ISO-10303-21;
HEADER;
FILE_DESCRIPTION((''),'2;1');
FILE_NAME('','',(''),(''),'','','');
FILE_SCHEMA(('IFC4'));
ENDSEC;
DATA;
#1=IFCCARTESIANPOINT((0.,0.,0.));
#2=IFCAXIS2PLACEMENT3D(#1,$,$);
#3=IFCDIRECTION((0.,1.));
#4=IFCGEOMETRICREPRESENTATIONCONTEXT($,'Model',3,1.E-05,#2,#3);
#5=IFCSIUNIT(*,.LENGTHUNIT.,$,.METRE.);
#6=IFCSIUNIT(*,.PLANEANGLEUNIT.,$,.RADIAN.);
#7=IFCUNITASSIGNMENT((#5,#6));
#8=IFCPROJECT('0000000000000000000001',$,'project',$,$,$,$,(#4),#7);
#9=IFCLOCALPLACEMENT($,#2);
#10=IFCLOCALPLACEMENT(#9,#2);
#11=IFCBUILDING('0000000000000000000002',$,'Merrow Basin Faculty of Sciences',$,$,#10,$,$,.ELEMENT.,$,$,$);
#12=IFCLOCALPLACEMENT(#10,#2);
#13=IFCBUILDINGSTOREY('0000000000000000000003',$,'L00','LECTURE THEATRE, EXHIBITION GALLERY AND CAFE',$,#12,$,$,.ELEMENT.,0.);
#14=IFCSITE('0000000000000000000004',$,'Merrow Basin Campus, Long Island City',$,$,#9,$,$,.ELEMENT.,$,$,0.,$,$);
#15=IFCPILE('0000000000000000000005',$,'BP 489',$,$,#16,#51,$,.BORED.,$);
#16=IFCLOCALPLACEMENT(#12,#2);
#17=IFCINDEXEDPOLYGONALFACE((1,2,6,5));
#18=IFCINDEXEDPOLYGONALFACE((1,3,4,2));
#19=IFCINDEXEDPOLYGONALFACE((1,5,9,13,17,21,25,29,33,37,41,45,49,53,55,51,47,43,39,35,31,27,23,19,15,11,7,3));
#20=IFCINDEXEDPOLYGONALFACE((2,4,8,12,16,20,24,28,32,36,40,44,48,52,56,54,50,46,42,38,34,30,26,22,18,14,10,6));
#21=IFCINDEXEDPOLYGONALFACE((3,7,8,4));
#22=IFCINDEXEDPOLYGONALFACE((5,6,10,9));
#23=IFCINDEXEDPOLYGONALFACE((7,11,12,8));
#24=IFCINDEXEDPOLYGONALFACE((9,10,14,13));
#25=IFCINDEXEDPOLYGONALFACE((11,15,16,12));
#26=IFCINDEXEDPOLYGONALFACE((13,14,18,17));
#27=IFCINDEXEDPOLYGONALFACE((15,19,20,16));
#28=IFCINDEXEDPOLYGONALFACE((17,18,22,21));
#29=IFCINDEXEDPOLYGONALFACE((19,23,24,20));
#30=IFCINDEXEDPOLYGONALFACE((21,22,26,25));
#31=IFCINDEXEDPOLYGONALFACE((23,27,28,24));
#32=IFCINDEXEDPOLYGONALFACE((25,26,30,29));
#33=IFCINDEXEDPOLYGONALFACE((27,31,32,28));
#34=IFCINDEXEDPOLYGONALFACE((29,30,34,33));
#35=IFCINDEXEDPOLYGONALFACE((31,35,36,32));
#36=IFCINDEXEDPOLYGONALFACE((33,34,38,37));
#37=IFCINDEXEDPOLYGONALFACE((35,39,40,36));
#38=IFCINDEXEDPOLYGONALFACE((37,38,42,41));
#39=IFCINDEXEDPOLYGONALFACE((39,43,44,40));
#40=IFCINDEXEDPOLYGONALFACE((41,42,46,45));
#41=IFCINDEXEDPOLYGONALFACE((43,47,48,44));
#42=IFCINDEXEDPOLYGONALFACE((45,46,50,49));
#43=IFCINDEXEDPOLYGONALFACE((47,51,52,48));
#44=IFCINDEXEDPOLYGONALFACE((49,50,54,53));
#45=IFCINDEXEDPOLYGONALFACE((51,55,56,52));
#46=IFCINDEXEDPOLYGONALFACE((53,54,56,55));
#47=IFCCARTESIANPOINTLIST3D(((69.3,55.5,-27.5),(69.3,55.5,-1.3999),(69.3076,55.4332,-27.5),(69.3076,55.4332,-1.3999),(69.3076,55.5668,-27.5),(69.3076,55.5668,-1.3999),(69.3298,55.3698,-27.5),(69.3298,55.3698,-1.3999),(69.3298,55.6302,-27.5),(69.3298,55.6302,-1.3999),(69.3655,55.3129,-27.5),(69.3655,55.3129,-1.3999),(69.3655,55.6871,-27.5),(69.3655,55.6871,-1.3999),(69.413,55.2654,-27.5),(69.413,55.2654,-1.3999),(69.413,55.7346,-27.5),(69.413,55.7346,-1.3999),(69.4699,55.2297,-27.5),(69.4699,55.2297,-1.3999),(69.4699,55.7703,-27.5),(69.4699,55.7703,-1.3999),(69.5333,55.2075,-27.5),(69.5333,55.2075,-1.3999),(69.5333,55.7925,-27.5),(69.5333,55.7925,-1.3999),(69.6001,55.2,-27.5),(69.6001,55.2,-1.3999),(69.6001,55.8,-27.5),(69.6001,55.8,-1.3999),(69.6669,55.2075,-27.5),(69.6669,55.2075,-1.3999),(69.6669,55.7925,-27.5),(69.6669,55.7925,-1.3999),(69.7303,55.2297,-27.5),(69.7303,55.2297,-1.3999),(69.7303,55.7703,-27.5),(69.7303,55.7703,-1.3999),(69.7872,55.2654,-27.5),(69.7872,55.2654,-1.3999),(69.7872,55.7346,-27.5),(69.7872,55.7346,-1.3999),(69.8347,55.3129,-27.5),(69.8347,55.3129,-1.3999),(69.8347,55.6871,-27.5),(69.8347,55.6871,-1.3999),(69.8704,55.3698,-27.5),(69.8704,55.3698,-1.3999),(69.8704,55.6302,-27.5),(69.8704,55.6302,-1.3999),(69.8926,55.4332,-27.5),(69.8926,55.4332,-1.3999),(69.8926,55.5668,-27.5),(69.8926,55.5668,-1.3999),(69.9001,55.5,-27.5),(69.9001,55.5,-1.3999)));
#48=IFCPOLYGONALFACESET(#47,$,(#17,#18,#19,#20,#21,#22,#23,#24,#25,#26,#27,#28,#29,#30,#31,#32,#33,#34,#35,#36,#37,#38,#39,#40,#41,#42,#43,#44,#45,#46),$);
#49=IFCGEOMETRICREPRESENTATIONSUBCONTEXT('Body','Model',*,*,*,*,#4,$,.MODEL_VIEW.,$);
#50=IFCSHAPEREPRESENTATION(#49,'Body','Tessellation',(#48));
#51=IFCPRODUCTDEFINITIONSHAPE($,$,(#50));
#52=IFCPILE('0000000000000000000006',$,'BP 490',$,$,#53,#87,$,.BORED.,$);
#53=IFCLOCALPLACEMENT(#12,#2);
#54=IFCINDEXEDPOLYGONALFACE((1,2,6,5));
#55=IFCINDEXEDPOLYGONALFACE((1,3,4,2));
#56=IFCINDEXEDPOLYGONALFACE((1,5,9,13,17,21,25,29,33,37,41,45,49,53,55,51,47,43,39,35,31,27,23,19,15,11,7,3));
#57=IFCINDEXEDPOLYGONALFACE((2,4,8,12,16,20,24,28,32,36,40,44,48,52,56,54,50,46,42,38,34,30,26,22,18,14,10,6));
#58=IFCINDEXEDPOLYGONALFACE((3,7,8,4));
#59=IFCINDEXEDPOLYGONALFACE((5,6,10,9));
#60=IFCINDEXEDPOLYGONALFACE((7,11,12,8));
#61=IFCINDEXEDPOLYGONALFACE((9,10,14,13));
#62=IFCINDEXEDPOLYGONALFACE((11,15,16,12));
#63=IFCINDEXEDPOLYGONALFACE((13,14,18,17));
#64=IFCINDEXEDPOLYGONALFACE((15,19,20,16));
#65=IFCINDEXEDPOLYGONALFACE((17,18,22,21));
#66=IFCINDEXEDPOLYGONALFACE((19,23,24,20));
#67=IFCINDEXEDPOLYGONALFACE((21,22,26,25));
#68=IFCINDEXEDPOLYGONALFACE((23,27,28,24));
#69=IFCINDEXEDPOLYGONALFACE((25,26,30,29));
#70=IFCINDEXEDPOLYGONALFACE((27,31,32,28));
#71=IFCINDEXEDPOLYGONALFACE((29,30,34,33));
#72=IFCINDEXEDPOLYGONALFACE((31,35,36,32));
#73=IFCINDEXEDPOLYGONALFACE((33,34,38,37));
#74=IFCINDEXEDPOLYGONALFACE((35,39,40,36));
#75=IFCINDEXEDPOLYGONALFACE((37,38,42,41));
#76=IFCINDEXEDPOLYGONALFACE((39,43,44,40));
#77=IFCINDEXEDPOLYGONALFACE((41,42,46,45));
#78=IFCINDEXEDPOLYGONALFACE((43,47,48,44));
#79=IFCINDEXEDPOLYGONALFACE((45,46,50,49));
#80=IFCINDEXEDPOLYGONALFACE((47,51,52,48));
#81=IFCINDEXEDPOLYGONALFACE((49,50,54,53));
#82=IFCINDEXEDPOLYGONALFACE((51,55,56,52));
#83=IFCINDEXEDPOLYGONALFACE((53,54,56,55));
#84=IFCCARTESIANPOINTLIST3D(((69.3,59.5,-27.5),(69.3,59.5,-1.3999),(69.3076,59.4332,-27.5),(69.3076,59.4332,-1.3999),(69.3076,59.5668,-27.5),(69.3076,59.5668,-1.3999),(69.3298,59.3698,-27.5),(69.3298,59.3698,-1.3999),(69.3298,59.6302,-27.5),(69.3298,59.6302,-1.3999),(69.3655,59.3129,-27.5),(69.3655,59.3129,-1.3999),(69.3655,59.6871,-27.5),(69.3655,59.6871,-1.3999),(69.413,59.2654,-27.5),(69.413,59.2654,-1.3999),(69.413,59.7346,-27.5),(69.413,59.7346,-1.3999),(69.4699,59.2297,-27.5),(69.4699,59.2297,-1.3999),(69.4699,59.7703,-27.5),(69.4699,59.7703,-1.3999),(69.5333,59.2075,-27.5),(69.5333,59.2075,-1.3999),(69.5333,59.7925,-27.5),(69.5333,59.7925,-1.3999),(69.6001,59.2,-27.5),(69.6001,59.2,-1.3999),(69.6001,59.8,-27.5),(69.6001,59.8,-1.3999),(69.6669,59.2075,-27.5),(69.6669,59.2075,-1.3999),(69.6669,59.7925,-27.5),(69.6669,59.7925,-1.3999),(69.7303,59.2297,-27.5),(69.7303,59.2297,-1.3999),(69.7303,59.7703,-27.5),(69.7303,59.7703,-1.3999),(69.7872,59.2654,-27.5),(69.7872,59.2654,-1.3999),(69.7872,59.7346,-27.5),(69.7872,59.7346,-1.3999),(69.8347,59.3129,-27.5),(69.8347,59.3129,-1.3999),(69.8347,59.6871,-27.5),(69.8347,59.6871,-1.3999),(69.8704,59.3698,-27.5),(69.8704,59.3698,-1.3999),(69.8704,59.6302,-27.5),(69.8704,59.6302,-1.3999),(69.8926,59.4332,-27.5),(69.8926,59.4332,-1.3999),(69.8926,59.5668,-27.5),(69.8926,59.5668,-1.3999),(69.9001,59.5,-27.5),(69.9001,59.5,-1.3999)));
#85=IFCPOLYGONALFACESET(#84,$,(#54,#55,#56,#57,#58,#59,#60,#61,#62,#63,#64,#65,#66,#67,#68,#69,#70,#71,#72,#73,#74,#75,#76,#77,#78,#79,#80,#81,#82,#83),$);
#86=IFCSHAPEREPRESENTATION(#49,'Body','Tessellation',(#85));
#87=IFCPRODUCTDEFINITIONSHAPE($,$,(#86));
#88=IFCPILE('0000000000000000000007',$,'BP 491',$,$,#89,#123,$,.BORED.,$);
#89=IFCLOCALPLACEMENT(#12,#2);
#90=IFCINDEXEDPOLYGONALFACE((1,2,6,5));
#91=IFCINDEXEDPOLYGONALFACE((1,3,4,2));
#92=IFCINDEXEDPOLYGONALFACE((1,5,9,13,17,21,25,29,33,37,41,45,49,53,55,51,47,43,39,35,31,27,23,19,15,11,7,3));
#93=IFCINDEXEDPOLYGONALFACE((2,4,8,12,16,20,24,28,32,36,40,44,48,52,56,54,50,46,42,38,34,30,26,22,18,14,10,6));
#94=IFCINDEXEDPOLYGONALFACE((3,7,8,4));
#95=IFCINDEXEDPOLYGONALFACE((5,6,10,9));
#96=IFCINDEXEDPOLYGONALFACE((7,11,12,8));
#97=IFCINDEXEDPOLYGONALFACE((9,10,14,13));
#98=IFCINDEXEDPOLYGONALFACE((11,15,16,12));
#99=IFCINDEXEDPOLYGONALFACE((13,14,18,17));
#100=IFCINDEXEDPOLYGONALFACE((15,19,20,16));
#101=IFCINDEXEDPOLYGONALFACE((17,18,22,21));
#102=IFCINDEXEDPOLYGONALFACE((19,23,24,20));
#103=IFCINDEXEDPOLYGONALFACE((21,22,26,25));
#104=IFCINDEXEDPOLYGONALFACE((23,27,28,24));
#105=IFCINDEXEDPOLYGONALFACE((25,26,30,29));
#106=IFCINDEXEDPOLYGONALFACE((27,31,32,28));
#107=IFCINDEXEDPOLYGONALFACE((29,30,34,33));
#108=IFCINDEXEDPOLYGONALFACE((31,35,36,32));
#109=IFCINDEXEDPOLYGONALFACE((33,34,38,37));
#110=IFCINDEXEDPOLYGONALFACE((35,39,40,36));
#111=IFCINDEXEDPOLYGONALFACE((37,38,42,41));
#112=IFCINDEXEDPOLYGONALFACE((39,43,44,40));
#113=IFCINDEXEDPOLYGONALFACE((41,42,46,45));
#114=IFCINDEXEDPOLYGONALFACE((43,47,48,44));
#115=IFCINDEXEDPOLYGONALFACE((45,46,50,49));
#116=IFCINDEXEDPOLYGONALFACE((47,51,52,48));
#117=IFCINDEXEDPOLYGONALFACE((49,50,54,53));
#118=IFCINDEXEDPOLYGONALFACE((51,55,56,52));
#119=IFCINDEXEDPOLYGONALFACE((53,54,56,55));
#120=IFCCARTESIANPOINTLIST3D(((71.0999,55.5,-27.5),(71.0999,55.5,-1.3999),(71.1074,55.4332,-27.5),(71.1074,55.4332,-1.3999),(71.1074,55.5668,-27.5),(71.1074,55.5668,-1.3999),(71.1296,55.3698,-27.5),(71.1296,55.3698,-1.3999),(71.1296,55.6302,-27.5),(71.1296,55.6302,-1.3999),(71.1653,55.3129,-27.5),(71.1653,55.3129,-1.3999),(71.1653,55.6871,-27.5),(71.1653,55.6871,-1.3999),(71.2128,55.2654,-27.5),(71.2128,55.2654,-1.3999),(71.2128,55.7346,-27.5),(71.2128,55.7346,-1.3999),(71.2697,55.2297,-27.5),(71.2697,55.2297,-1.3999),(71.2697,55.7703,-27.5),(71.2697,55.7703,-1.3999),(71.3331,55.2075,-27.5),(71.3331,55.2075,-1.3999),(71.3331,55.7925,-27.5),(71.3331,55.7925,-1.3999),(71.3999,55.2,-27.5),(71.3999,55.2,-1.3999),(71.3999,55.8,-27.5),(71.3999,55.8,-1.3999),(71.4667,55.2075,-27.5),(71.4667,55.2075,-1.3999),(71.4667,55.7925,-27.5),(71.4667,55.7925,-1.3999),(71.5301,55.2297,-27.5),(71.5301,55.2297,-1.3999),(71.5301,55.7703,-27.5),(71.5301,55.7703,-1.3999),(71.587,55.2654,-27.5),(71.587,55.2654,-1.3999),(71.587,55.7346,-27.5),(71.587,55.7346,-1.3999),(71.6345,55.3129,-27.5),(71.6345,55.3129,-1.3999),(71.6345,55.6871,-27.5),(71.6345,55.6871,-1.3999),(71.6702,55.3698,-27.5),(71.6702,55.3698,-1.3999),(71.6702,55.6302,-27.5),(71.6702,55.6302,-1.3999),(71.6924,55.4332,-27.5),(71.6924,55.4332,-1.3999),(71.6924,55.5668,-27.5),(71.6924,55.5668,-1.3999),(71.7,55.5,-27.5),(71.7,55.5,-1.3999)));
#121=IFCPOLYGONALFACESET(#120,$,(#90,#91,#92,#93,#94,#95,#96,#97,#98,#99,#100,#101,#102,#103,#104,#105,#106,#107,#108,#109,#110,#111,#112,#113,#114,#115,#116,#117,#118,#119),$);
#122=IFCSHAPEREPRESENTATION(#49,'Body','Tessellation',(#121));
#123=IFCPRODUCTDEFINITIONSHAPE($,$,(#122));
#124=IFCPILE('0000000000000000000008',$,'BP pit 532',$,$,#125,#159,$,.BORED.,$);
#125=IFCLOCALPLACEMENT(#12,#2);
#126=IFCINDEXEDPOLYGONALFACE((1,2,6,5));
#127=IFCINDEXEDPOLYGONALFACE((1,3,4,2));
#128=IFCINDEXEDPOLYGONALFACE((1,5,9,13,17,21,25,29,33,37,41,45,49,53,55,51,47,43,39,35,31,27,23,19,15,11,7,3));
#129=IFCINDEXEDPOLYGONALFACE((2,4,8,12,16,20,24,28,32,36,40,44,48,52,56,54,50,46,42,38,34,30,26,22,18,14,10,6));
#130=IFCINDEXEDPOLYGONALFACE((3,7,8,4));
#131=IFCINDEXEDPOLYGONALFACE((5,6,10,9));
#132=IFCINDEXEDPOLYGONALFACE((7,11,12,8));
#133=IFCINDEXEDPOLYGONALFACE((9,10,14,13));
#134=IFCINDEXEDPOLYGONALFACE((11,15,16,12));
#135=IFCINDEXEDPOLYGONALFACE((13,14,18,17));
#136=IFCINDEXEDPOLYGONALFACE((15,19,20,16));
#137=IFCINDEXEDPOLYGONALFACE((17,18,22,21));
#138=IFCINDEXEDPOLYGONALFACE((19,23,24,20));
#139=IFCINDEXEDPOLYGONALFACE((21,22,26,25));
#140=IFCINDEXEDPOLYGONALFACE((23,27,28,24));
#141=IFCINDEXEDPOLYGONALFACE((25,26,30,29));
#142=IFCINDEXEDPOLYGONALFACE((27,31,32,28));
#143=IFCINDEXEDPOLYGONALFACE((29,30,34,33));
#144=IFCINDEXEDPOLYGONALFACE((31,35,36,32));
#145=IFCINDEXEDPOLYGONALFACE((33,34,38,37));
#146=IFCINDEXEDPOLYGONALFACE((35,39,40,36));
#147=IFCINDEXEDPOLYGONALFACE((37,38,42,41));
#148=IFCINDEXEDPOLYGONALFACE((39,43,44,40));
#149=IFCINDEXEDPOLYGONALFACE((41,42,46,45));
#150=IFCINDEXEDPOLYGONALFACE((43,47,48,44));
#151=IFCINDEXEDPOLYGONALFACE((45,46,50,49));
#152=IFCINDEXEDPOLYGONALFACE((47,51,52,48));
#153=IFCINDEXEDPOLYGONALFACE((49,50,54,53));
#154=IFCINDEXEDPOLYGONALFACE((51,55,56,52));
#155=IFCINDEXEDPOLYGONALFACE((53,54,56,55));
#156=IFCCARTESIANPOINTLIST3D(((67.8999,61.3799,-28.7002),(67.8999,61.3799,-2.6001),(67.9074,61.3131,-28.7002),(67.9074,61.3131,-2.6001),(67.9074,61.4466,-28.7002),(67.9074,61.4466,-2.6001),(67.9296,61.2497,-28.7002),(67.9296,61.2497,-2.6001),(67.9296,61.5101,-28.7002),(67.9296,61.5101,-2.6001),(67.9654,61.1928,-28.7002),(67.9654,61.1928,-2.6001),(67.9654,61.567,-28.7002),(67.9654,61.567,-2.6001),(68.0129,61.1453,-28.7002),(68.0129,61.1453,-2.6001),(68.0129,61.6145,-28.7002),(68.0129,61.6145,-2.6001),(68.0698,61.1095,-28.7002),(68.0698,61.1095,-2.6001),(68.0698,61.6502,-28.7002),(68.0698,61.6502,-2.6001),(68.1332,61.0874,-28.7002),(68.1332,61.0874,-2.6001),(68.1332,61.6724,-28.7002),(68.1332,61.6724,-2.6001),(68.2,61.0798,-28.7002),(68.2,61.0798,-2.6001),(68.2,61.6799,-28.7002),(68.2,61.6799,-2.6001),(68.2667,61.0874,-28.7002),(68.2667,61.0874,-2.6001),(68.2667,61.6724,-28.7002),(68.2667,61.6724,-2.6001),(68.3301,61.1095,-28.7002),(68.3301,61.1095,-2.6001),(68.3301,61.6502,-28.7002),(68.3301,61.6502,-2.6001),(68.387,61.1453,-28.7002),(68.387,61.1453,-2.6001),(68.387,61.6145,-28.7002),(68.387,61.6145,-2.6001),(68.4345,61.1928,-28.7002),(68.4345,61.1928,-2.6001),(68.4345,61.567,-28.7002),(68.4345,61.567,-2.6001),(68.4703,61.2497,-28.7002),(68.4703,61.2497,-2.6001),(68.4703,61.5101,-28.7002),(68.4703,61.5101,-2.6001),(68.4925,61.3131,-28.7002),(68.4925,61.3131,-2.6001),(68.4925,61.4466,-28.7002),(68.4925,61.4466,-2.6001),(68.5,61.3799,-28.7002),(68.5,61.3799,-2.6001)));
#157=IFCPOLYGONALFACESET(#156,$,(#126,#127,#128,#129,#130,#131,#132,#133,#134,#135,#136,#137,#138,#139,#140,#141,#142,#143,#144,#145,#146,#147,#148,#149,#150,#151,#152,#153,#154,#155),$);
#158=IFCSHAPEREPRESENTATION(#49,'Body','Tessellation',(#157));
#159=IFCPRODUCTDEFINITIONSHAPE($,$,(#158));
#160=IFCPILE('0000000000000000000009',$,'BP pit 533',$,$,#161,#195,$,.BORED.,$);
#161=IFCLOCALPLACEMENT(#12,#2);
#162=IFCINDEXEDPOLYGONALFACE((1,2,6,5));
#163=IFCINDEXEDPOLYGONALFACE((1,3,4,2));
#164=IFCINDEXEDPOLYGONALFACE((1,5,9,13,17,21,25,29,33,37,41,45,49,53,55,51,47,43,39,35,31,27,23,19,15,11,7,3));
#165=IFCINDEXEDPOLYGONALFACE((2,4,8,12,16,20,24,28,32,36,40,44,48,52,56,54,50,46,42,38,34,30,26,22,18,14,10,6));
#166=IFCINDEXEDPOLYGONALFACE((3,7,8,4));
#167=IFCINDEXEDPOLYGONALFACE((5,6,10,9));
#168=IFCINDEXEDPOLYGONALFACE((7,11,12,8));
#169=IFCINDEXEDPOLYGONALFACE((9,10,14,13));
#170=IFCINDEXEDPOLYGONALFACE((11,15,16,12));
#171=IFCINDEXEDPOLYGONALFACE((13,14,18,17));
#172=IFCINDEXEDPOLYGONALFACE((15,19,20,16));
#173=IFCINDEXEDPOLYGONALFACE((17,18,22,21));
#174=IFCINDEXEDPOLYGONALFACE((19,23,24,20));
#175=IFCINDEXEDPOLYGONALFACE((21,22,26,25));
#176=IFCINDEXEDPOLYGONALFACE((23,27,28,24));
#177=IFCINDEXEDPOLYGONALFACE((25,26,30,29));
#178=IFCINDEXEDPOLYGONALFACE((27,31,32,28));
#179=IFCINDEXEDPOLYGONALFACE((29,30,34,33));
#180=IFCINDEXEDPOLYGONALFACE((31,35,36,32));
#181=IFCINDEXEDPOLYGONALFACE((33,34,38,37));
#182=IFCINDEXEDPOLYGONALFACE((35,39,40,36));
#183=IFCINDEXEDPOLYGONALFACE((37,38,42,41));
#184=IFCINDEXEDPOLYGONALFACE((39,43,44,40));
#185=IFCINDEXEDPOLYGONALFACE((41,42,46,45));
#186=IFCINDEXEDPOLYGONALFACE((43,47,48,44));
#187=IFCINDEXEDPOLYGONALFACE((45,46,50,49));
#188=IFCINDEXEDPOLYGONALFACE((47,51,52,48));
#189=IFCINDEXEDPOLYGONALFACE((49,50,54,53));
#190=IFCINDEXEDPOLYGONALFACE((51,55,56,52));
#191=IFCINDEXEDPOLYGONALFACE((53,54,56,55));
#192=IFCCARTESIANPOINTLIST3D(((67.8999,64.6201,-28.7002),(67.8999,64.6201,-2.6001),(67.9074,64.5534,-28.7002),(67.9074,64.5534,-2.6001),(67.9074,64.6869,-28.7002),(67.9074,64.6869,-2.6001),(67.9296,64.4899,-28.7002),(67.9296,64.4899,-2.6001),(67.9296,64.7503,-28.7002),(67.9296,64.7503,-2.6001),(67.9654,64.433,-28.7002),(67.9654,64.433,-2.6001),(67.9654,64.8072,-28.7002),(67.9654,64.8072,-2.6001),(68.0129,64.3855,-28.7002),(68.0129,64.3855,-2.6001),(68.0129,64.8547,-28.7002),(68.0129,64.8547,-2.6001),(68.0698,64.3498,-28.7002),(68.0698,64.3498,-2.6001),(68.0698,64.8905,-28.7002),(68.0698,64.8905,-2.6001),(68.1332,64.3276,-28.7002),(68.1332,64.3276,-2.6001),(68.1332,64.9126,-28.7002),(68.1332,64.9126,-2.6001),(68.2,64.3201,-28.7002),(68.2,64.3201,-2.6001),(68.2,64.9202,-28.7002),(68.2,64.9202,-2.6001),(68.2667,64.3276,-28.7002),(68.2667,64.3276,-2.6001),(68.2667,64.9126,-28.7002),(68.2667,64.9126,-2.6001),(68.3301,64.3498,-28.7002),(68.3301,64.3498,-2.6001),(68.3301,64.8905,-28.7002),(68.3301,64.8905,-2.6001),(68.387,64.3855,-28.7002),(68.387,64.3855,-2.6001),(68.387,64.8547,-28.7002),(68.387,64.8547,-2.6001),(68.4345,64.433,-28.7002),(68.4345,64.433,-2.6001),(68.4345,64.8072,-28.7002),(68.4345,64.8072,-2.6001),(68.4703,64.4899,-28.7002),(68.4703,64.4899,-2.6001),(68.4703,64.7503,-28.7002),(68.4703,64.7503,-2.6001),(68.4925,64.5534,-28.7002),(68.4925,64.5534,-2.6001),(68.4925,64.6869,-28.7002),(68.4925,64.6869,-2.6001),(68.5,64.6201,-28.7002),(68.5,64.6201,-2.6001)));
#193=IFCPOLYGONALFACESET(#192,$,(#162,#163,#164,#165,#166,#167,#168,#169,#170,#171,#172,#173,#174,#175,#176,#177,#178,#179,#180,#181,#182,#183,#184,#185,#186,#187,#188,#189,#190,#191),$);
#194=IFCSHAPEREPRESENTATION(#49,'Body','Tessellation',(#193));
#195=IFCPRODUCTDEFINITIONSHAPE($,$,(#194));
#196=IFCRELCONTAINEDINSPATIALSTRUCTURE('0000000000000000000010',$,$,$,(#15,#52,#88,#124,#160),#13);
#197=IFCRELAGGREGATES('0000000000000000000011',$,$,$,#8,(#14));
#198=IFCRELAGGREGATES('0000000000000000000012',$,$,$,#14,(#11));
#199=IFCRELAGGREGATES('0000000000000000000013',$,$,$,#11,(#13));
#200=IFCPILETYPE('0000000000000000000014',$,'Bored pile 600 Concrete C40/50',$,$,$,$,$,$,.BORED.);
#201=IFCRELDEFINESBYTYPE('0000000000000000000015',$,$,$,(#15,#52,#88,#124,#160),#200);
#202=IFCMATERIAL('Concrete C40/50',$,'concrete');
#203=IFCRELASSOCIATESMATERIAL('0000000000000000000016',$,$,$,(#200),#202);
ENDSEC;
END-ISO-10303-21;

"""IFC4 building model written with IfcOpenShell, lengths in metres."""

from ifc_helpers import new_model, si_unit, direction, frame, origin, origin_2d, place, context, subcontext, project, spatial, circle, extrude, material, material_profile, profile_set, type_object, element, save


model = new_model("IFC4")

# Units and contexts
model_context = context("Model", 3, precision=1e-05, world=origin(), true_north=direction((0.0, 1.0)))
body_context = subcontext(model_context, "Body", "Model", "MODEL_VIEW")
ifc_project = project(units=[si_unit("LENGTHUNIT", "METRE"), si_unit("PLANEANGLEUNIT", "RADIAN")], contexts=[model_context])

# Site, building, storey
site_placement = place(None, origin())
site = spatial("IfcSite", under=ifc_project, at=site_placement, Name="Merrow Basin Campus, Long Island City", CompositionType="ELEMENT", RefElevation=0.0)
building_placement = place(site_placement, origin())
building = spatial("IfcBuilding", under=site, at=building_placement, Name="Merrow Basin Faculty of Sciences", CompositionType="ELEMENT")
storey_placement = place(building_placement, origin())
storey = spatial("IfcBuildingStorey", under=building, at=storey_placement, Name="L00", Description="LECTURE THEATRE, EXHIBITION GALLERY AND CAFE", CompositionType="ELEMENT", Elevation=0.0)

# Piles
ifc_material_1 = material(Name="Concrete C40/50", Category="concrete")
ifc_material_profile_1 = material_profile(ifc_material_1, circle(Radius=0.3, at=origin_2d()))
ifc_profile_set_1 = profile_set([ifc_material_profile_1], Name="Concrete C40/50")
pile_type_1 = type_object("IfcPileType", Name="Bored pile 600 Concrete C40/50", PredefinedType="BORED", material=ifc_profile_set_1)
for number, where, z_axis, x_axis, name in (
    (1, (69.6001, 55.5, -1.3999), (0.0, 0.0, -1.0), (1.0, 0.0, 0.0), "BP 489"),
    (2, (69.6001, 59.5, -1.3999), (0.0, 0.0, -1.0), (1.0, 0.0, 0.0), "BP 490"),
    (3, (71.3999, 55.5, -1.3999), (0.0, 0.0, -1.0), (1.0, 0.0, 0.0), "BP 491"),
    (4, (68.2, 61.3799, -2.6001), (0.0, 0.0, -1.0), (1.0, 0.0, 0.0), "BP pit 532"),
    (5, (68.2, 64.6201, -2.6001), (0.0, 0.0, -1.0), (1.0, 0.0, 0.0), "BP pit 533"),
):
    element("IfcPile", number, at=place(storey_placement, frame(where, z_axis=z_axis, x_axis=x_axis)), inside=storey, type_object=pile_type_1, Name=name, PredefinedType="BORED", context=body_context, shape_type="SweptSolid", body=[
        extrude(circle(Radius=0.3, at=origin_2d()), origin(), (0.0, 0.0, 1.0), 26.1001),
    ])

save(model, "model.ifc")
